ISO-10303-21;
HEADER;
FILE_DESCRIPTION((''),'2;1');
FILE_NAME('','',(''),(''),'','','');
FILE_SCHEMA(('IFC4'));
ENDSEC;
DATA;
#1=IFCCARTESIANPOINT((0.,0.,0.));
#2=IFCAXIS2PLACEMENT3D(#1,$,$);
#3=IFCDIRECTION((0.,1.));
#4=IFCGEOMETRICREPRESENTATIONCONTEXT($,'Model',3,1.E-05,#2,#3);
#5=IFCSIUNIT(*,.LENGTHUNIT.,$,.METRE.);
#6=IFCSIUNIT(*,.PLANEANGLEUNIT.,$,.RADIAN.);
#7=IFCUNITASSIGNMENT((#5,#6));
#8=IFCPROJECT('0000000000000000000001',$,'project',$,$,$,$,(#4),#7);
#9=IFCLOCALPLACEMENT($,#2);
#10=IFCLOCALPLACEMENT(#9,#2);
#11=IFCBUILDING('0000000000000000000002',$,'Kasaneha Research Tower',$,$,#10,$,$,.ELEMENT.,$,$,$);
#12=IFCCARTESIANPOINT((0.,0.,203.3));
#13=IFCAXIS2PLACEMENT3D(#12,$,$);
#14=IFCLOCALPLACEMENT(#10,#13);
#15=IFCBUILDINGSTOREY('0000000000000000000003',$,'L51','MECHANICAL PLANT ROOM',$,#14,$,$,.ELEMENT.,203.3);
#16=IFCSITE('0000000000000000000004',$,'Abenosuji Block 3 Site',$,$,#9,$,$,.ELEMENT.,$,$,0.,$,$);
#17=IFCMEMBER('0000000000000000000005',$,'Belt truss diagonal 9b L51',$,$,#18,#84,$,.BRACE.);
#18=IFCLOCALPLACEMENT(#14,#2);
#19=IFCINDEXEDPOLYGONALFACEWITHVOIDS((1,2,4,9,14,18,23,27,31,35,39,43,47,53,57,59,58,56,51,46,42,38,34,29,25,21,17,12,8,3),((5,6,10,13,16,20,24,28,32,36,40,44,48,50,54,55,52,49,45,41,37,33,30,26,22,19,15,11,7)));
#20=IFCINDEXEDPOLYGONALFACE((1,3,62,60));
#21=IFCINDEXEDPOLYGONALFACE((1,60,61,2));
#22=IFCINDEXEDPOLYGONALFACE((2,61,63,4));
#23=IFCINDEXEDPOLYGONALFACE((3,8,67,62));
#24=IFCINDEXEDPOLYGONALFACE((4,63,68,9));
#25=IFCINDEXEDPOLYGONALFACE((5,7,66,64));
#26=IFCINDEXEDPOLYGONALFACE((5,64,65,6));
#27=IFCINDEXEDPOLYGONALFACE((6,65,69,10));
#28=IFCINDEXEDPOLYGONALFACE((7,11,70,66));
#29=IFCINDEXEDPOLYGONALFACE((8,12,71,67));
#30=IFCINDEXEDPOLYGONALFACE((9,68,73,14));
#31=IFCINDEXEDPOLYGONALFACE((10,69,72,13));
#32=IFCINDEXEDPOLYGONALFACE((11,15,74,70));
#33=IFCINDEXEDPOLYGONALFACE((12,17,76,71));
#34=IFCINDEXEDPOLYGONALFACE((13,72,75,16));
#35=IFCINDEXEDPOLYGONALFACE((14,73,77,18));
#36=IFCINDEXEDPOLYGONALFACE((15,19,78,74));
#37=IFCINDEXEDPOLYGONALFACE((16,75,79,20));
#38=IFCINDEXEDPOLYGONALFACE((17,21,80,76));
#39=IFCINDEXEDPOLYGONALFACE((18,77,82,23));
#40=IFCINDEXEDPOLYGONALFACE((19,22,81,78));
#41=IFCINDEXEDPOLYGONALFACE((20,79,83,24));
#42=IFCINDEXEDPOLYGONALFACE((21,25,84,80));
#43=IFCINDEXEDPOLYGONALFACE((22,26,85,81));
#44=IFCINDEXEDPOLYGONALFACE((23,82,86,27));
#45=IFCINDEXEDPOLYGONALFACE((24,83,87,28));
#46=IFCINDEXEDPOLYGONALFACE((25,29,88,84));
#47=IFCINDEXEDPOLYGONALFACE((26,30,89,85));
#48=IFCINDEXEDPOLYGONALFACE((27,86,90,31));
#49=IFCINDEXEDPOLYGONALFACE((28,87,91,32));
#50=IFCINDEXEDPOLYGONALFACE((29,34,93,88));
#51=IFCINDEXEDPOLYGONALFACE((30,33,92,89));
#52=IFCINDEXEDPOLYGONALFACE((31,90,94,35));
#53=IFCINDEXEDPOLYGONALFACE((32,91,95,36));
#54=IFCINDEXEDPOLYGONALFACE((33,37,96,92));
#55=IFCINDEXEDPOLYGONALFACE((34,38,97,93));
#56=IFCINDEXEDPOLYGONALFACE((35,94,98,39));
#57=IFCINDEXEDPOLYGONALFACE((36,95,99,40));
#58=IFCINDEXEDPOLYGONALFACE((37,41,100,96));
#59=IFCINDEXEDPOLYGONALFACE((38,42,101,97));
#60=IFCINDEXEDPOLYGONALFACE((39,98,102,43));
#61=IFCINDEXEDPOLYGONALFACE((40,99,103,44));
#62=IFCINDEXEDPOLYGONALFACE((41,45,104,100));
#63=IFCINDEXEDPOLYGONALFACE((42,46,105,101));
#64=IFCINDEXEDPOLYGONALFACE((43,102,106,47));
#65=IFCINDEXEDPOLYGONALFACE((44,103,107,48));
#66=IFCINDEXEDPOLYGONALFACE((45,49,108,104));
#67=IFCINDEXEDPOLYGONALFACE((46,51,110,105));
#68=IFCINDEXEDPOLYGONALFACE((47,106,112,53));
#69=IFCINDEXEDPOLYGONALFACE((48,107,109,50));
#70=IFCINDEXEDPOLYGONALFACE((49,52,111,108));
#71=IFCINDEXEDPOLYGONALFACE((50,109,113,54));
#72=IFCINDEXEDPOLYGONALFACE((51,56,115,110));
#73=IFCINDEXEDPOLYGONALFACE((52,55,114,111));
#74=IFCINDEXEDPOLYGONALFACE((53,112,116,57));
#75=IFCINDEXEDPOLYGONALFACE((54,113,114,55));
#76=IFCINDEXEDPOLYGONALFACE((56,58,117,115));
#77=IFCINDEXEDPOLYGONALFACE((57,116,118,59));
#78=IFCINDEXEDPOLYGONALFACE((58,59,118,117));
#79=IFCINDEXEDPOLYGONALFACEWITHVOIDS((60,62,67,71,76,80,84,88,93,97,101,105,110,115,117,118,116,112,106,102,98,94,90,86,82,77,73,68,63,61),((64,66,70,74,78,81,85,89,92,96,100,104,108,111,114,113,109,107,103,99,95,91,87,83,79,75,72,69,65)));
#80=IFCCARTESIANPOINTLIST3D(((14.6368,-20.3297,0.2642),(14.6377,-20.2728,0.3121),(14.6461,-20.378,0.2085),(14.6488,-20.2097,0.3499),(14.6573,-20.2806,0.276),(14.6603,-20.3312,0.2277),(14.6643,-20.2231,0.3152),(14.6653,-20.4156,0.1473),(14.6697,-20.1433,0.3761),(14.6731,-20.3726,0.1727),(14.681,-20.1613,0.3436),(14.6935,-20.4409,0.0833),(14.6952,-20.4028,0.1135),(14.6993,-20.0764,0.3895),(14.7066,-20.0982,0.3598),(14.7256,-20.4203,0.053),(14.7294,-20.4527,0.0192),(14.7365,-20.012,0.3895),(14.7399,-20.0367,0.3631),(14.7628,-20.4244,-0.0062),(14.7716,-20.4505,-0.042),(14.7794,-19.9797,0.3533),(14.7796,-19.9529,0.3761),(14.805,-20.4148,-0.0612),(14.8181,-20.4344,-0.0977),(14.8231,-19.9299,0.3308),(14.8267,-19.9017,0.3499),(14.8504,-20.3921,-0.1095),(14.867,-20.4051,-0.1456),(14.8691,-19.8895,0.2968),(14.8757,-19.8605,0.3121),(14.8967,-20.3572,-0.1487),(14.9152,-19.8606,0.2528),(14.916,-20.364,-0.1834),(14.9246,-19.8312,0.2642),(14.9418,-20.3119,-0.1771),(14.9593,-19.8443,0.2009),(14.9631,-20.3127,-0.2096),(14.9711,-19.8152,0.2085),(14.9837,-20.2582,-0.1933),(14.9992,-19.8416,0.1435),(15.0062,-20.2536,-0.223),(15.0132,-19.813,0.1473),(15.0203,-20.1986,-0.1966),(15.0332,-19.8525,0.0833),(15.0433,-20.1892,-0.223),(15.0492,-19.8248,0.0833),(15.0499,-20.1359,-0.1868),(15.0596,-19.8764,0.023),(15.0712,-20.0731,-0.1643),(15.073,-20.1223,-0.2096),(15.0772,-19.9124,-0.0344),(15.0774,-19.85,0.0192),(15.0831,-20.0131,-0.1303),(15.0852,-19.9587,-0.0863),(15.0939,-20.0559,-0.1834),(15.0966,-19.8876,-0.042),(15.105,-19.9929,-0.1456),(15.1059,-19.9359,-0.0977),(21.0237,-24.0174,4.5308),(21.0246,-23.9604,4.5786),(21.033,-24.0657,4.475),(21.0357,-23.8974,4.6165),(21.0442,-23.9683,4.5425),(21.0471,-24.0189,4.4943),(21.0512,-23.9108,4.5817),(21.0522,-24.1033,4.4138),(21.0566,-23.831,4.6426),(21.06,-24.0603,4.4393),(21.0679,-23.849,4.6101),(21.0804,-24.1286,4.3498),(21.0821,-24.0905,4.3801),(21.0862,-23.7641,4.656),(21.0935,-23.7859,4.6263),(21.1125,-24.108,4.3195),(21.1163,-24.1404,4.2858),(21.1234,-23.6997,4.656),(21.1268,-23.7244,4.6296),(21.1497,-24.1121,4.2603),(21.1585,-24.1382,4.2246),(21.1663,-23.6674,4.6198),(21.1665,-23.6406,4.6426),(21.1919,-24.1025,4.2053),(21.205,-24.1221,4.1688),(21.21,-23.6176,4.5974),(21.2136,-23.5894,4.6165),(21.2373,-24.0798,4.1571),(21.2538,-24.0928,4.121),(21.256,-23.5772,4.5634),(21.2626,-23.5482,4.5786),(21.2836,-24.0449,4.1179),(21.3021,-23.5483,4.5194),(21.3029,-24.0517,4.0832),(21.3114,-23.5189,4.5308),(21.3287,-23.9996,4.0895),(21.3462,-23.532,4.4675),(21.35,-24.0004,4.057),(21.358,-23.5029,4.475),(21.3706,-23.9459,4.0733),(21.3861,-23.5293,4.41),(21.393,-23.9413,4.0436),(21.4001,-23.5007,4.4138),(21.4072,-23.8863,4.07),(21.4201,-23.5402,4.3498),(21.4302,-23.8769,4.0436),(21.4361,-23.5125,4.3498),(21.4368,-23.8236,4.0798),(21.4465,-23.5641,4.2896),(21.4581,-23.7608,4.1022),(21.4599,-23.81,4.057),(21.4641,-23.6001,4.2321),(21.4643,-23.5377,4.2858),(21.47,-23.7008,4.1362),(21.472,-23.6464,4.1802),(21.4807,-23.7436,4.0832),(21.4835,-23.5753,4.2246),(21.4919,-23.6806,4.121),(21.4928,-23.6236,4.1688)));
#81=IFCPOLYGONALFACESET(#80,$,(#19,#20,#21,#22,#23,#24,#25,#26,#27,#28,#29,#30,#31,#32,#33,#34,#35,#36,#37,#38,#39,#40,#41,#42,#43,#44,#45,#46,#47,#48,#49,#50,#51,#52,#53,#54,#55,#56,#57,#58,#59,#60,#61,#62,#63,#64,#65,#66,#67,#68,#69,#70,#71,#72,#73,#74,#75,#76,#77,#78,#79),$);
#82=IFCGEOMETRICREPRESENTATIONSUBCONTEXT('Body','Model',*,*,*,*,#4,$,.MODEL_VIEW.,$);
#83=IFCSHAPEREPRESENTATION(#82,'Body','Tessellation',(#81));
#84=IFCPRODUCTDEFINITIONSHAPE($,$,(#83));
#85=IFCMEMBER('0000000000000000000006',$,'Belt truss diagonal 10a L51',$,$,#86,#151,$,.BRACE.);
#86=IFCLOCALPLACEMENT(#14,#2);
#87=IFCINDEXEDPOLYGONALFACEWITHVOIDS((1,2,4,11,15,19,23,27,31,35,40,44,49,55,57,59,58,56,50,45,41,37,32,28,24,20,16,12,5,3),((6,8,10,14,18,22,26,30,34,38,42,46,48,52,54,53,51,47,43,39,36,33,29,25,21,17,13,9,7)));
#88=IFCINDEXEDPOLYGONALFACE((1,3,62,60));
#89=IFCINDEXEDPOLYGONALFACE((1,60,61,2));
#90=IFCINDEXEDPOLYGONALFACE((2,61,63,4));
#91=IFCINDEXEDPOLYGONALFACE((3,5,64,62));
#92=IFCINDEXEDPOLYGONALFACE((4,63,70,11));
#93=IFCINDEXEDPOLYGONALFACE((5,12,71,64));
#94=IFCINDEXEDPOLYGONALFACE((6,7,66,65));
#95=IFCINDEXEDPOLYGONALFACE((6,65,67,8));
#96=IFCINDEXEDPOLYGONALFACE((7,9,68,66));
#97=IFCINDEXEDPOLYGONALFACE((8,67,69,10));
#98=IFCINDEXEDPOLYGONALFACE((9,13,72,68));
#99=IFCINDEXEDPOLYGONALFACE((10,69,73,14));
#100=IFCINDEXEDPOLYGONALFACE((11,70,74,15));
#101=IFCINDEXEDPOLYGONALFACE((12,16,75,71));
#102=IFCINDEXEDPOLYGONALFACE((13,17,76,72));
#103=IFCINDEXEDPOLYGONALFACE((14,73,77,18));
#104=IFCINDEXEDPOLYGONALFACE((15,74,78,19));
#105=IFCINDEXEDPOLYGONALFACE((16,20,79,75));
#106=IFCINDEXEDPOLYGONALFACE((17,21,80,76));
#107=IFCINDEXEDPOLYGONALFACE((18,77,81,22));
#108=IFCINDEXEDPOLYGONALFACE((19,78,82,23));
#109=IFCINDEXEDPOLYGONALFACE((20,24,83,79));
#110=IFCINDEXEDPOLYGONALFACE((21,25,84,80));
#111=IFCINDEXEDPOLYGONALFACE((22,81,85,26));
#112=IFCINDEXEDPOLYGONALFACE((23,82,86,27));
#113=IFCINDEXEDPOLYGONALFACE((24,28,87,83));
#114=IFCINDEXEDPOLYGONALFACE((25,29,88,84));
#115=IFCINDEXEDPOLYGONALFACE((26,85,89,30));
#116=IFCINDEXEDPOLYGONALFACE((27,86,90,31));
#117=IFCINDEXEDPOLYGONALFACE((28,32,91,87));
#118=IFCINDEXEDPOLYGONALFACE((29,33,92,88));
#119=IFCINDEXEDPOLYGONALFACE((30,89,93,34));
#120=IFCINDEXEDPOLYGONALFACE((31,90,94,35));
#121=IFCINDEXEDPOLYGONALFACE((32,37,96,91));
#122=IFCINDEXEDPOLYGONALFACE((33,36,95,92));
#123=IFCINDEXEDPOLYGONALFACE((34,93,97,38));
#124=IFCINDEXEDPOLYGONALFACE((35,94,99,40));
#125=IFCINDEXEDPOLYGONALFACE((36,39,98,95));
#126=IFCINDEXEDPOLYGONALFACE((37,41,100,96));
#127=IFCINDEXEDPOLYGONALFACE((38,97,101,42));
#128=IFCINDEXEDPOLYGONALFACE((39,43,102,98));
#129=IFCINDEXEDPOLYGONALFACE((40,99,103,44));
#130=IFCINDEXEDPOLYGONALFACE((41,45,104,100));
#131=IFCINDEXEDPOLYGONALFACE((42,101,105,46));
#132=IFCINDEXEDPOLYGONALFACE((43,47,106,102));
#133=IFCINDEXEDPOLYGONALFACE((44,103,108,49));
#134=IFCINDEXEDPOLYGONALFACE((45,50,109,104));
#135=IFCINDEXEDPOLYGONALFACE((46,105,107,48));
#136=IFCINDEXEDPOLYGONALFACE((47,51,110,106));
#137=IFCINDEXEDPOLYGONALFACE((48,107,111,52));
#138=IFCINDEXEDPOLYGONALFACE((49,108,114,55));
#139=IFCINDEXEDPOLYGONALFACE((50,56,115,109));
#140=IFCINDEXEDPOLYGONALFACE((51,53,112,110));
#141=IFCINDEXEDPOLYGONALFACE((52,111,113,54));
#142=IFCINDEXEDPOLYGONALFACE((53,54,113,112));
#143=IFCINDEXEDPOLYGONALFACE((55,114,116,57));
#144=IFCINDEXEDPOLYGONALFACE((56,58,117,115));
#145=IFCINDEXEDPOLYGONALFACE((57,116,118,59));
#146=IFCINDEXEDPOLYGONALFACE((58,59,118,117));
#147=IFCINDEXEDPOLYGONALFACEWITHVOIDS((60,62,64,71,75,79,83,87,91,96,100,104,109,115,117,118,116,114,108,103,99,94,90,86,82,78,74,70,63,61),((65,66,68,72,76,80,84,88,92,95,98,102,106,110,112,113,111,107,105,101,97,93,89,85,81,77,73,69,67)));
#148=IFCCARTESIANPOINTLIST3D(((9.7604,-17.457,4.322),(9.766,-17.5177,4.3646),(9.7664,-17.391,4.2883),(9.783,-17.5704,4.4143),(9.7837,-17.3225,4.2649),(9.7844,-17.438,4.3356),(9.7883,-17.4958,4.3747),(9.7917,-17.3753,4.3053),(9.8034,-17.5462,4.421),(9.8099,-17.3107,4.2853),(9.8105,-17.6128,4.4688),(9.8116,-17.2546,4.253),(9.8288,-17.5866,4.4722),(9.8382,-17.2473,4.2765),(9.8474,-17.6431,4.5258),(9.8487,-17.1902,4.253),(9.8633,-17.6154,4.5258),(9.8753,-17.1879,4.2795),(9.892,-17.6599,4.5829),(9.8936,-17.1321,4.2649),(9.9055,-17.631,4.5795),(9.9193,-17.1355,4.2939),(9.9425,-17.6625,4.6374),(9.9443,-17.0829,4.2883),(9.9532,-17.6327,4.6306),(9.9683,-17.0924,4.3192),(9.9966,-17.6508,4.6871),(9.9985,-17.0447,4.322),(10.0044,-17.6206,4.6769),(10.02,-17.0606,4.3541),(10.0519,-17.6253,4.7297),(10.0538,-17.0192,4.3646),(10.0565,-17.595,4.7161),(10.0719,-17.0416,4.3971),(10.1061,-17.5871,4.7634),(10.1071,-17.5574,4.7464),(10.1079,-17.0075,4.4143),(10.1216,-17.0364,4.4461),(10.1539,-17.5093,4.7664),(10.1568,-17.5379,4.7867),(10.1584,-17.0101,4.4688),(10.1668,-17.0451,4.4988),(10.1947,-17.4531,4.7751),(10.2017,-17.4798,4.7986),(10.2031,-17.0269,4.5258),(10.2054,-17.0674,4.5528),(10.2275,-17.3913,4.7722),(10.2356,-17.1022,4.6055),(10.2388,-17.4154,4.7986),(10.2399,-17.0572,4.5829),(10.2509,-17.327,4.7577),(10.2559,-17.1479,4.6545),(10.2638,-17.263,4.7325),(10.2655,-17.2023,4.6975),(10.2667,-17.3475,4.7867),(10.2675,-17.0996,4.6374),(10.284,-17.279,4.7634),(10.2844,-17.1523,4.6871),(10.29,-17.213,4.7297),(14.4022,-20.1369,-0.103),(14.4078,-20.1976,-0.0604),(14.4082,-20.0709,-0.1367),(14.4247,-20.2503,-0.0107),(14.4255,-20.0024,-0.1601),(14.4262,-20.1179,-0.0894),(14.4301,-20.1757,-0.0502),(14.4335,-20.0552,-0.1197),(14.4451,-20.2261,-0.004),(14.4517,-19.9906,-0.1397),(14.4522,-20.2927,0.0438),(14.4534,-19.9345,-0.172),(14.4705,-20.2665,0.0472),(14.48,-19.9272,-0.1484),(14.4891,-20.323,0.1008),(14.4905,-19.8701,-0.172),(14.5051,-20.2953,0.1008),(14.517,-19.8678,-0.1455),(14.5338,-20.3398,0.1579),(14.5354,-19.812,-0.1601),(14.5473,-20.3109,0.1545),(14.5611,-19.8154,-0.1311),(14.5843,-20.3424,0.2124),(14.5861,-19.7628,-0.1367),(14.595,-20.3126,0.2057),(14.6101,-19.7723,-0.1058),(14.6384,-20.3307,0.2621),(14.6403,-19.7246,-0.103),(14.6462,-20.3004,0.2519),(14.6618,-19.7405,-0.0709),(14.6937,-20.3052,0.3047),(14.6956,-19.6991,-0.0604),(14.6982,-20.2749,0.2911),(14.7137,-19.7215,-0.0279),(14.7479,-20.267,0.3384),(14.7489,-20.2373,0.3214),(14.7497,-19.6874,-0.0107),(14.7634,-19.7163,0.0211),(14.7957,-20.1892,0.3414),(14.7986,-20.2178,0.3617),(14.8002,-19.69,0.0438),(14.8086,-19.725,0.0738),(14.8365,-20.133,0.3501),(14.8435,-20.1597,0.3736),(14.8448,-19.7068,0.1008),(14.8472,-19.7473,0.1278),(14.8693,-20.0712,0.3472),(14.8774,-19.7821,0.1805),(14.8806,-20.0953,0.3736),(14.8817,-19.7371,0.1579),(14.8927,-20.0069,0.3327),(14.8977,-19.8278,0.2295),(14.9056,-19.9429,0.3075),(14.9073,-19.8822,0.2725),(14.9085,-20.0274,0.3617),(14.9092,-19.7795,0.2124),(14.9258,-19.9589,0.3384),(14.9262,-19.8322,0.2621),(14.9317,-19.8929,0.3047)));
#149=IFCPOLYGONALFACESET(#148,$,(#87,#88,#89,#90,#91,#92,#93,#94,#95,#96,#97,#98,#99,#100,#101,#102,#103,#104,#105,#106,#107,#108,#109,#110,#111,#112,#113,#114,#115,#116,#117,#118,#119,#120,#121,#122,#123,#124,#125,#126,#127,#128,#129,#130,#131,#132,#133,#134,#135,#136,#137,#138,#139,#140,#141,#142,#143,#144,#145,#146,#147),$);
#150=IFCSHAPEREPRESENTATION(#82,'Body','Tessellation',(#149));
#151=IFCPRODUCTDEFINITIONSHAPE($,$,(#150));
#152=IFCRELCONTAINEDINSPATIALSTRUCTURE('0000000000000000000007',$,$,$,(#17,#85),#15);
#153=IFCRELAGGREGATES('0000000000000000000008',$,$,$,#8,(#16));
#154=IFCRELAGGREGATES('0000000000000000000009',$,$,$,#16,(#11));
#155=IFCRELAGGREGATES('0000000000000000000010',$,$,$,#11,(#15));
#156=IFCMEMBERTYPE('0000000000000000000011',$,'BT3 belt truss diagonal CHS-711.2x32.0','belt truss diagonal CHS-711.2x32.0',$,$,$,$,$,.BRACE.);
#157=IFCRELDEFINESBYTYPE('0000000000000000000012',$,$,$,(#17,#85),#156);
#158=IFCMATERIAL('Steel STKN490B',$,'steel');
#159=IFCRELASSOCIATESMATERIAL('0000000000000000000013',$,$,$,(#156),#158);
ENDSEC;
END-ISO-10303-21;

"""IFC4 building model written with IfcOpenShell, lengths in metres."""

from ifc_helpers import new_model, si_unit, direction, frame, origin, origin_2d, place, context, subcontext, project, spatial, hollow_circle, extrude, material, material_profile, profile_set, type_object, element, save


model = new_model("IFC4")

# Units and contexts
model_context = context("Model", 3, precision=1e-05, world=origin(), true_north=direction((0.0, 1.0)))
body_context = subcontext(model_context, "Body", "Model", "MODEL_VIEW")
ifc_project = project(units=[si_unit("LENGTHUNIT", "METRE"), si_unit("PLANEANGLEUNIT", "RADIAN")], contexts=[model_context])

# Site, building, storey
site_placement = place(None, origin())
site = spatial("IfcSite", under=ifc_project, at=site_placement, Name="Abenosuji Block 3 Site", CompositionType="ELEMENT", RefElevation=0.0)
building_placement = place(site_placement, origin())
building = spatial("IfcBuilding", under=site, at=building_placement, Name="Kasaneha Research Tower", CompositionType="ELEMENT")
storey_placement = place(building_placement, frame((0.0, 0.0, 203.3)))
storey = spatial("IfcBuildingStorey", under=building, at=storey_placement, Name="L51", Description="MECHANICAL PLANT ROOM", CompositionType="ELEMENT", Elevation=203.3)

# Members
ifc_material_1 = material(Name="Steel STKN490B", Category="steel")
ifc_material_profile_1 = material_profile(ifc_material_1, hollow_circle(Radius=0.3557, WallThickness=0.032, at=origin_2d()), Name="CHS-711.2x32.0")
ifc_profile_set_1 = profile_set([ifc_material_profile_1], Name="Steel STKN490B")
member_type = type_object("IfcMemberType", Name="BT3 belt truss diagonal CHS-711.2x32.0", Description="belt truss diagonal CHS-711.2x32.0", PredefinedType="BRACE", material=ifc_profile_set_1)
for number, where, z_axis, x_axis, name in (
    (1, (14.8713, -20.1328, 0.0833), (0.749611, -0.432815, 0.500753), (0.500023, 0.866012, 0.0), "Belt truss diagonal 9b L51"),
):
    element("IfcMember", number, at=place(storey_placement, frame(where, z_axis=z_axis, x_axis=x_axis)), inside=storey, type_object=member_type, Name=name, PredefinedType="BRACE", context=body_context, shape_type="SweptSolid", body=[
        extrude(hollow_circle(Radius=0.3557, WallThickness=0.032, at=origin_2d()), origin(), (0.0, 0.0, 1.0), 8.5203),
    ])
for number, where, z_axis, x_axis, name in (
    (2, (14.667, -20.0149, 0.1008), (-0.667841, 0.385572, 0.636649), (-0.499995, -0.866029, 0.0), "Belt truss diagonal 10a L51"),
):
    element("IfcMember", number, at=place(storey_placement, frame(where, z_axis=z_axis, x_axis=x_axis)), inside=storey, type_object=member_type, Name=name, PredefinedType="BRACE", context=body_context, shape_type="SweptSolid", body=[
        extrude(hollow_circle(Radius=0.3557, WallThickness=0.032, at=origin_2d()), origin(), (0.0, 0.0, 1.0), 6.9504),
    ])

save(model, "model.ifc")
